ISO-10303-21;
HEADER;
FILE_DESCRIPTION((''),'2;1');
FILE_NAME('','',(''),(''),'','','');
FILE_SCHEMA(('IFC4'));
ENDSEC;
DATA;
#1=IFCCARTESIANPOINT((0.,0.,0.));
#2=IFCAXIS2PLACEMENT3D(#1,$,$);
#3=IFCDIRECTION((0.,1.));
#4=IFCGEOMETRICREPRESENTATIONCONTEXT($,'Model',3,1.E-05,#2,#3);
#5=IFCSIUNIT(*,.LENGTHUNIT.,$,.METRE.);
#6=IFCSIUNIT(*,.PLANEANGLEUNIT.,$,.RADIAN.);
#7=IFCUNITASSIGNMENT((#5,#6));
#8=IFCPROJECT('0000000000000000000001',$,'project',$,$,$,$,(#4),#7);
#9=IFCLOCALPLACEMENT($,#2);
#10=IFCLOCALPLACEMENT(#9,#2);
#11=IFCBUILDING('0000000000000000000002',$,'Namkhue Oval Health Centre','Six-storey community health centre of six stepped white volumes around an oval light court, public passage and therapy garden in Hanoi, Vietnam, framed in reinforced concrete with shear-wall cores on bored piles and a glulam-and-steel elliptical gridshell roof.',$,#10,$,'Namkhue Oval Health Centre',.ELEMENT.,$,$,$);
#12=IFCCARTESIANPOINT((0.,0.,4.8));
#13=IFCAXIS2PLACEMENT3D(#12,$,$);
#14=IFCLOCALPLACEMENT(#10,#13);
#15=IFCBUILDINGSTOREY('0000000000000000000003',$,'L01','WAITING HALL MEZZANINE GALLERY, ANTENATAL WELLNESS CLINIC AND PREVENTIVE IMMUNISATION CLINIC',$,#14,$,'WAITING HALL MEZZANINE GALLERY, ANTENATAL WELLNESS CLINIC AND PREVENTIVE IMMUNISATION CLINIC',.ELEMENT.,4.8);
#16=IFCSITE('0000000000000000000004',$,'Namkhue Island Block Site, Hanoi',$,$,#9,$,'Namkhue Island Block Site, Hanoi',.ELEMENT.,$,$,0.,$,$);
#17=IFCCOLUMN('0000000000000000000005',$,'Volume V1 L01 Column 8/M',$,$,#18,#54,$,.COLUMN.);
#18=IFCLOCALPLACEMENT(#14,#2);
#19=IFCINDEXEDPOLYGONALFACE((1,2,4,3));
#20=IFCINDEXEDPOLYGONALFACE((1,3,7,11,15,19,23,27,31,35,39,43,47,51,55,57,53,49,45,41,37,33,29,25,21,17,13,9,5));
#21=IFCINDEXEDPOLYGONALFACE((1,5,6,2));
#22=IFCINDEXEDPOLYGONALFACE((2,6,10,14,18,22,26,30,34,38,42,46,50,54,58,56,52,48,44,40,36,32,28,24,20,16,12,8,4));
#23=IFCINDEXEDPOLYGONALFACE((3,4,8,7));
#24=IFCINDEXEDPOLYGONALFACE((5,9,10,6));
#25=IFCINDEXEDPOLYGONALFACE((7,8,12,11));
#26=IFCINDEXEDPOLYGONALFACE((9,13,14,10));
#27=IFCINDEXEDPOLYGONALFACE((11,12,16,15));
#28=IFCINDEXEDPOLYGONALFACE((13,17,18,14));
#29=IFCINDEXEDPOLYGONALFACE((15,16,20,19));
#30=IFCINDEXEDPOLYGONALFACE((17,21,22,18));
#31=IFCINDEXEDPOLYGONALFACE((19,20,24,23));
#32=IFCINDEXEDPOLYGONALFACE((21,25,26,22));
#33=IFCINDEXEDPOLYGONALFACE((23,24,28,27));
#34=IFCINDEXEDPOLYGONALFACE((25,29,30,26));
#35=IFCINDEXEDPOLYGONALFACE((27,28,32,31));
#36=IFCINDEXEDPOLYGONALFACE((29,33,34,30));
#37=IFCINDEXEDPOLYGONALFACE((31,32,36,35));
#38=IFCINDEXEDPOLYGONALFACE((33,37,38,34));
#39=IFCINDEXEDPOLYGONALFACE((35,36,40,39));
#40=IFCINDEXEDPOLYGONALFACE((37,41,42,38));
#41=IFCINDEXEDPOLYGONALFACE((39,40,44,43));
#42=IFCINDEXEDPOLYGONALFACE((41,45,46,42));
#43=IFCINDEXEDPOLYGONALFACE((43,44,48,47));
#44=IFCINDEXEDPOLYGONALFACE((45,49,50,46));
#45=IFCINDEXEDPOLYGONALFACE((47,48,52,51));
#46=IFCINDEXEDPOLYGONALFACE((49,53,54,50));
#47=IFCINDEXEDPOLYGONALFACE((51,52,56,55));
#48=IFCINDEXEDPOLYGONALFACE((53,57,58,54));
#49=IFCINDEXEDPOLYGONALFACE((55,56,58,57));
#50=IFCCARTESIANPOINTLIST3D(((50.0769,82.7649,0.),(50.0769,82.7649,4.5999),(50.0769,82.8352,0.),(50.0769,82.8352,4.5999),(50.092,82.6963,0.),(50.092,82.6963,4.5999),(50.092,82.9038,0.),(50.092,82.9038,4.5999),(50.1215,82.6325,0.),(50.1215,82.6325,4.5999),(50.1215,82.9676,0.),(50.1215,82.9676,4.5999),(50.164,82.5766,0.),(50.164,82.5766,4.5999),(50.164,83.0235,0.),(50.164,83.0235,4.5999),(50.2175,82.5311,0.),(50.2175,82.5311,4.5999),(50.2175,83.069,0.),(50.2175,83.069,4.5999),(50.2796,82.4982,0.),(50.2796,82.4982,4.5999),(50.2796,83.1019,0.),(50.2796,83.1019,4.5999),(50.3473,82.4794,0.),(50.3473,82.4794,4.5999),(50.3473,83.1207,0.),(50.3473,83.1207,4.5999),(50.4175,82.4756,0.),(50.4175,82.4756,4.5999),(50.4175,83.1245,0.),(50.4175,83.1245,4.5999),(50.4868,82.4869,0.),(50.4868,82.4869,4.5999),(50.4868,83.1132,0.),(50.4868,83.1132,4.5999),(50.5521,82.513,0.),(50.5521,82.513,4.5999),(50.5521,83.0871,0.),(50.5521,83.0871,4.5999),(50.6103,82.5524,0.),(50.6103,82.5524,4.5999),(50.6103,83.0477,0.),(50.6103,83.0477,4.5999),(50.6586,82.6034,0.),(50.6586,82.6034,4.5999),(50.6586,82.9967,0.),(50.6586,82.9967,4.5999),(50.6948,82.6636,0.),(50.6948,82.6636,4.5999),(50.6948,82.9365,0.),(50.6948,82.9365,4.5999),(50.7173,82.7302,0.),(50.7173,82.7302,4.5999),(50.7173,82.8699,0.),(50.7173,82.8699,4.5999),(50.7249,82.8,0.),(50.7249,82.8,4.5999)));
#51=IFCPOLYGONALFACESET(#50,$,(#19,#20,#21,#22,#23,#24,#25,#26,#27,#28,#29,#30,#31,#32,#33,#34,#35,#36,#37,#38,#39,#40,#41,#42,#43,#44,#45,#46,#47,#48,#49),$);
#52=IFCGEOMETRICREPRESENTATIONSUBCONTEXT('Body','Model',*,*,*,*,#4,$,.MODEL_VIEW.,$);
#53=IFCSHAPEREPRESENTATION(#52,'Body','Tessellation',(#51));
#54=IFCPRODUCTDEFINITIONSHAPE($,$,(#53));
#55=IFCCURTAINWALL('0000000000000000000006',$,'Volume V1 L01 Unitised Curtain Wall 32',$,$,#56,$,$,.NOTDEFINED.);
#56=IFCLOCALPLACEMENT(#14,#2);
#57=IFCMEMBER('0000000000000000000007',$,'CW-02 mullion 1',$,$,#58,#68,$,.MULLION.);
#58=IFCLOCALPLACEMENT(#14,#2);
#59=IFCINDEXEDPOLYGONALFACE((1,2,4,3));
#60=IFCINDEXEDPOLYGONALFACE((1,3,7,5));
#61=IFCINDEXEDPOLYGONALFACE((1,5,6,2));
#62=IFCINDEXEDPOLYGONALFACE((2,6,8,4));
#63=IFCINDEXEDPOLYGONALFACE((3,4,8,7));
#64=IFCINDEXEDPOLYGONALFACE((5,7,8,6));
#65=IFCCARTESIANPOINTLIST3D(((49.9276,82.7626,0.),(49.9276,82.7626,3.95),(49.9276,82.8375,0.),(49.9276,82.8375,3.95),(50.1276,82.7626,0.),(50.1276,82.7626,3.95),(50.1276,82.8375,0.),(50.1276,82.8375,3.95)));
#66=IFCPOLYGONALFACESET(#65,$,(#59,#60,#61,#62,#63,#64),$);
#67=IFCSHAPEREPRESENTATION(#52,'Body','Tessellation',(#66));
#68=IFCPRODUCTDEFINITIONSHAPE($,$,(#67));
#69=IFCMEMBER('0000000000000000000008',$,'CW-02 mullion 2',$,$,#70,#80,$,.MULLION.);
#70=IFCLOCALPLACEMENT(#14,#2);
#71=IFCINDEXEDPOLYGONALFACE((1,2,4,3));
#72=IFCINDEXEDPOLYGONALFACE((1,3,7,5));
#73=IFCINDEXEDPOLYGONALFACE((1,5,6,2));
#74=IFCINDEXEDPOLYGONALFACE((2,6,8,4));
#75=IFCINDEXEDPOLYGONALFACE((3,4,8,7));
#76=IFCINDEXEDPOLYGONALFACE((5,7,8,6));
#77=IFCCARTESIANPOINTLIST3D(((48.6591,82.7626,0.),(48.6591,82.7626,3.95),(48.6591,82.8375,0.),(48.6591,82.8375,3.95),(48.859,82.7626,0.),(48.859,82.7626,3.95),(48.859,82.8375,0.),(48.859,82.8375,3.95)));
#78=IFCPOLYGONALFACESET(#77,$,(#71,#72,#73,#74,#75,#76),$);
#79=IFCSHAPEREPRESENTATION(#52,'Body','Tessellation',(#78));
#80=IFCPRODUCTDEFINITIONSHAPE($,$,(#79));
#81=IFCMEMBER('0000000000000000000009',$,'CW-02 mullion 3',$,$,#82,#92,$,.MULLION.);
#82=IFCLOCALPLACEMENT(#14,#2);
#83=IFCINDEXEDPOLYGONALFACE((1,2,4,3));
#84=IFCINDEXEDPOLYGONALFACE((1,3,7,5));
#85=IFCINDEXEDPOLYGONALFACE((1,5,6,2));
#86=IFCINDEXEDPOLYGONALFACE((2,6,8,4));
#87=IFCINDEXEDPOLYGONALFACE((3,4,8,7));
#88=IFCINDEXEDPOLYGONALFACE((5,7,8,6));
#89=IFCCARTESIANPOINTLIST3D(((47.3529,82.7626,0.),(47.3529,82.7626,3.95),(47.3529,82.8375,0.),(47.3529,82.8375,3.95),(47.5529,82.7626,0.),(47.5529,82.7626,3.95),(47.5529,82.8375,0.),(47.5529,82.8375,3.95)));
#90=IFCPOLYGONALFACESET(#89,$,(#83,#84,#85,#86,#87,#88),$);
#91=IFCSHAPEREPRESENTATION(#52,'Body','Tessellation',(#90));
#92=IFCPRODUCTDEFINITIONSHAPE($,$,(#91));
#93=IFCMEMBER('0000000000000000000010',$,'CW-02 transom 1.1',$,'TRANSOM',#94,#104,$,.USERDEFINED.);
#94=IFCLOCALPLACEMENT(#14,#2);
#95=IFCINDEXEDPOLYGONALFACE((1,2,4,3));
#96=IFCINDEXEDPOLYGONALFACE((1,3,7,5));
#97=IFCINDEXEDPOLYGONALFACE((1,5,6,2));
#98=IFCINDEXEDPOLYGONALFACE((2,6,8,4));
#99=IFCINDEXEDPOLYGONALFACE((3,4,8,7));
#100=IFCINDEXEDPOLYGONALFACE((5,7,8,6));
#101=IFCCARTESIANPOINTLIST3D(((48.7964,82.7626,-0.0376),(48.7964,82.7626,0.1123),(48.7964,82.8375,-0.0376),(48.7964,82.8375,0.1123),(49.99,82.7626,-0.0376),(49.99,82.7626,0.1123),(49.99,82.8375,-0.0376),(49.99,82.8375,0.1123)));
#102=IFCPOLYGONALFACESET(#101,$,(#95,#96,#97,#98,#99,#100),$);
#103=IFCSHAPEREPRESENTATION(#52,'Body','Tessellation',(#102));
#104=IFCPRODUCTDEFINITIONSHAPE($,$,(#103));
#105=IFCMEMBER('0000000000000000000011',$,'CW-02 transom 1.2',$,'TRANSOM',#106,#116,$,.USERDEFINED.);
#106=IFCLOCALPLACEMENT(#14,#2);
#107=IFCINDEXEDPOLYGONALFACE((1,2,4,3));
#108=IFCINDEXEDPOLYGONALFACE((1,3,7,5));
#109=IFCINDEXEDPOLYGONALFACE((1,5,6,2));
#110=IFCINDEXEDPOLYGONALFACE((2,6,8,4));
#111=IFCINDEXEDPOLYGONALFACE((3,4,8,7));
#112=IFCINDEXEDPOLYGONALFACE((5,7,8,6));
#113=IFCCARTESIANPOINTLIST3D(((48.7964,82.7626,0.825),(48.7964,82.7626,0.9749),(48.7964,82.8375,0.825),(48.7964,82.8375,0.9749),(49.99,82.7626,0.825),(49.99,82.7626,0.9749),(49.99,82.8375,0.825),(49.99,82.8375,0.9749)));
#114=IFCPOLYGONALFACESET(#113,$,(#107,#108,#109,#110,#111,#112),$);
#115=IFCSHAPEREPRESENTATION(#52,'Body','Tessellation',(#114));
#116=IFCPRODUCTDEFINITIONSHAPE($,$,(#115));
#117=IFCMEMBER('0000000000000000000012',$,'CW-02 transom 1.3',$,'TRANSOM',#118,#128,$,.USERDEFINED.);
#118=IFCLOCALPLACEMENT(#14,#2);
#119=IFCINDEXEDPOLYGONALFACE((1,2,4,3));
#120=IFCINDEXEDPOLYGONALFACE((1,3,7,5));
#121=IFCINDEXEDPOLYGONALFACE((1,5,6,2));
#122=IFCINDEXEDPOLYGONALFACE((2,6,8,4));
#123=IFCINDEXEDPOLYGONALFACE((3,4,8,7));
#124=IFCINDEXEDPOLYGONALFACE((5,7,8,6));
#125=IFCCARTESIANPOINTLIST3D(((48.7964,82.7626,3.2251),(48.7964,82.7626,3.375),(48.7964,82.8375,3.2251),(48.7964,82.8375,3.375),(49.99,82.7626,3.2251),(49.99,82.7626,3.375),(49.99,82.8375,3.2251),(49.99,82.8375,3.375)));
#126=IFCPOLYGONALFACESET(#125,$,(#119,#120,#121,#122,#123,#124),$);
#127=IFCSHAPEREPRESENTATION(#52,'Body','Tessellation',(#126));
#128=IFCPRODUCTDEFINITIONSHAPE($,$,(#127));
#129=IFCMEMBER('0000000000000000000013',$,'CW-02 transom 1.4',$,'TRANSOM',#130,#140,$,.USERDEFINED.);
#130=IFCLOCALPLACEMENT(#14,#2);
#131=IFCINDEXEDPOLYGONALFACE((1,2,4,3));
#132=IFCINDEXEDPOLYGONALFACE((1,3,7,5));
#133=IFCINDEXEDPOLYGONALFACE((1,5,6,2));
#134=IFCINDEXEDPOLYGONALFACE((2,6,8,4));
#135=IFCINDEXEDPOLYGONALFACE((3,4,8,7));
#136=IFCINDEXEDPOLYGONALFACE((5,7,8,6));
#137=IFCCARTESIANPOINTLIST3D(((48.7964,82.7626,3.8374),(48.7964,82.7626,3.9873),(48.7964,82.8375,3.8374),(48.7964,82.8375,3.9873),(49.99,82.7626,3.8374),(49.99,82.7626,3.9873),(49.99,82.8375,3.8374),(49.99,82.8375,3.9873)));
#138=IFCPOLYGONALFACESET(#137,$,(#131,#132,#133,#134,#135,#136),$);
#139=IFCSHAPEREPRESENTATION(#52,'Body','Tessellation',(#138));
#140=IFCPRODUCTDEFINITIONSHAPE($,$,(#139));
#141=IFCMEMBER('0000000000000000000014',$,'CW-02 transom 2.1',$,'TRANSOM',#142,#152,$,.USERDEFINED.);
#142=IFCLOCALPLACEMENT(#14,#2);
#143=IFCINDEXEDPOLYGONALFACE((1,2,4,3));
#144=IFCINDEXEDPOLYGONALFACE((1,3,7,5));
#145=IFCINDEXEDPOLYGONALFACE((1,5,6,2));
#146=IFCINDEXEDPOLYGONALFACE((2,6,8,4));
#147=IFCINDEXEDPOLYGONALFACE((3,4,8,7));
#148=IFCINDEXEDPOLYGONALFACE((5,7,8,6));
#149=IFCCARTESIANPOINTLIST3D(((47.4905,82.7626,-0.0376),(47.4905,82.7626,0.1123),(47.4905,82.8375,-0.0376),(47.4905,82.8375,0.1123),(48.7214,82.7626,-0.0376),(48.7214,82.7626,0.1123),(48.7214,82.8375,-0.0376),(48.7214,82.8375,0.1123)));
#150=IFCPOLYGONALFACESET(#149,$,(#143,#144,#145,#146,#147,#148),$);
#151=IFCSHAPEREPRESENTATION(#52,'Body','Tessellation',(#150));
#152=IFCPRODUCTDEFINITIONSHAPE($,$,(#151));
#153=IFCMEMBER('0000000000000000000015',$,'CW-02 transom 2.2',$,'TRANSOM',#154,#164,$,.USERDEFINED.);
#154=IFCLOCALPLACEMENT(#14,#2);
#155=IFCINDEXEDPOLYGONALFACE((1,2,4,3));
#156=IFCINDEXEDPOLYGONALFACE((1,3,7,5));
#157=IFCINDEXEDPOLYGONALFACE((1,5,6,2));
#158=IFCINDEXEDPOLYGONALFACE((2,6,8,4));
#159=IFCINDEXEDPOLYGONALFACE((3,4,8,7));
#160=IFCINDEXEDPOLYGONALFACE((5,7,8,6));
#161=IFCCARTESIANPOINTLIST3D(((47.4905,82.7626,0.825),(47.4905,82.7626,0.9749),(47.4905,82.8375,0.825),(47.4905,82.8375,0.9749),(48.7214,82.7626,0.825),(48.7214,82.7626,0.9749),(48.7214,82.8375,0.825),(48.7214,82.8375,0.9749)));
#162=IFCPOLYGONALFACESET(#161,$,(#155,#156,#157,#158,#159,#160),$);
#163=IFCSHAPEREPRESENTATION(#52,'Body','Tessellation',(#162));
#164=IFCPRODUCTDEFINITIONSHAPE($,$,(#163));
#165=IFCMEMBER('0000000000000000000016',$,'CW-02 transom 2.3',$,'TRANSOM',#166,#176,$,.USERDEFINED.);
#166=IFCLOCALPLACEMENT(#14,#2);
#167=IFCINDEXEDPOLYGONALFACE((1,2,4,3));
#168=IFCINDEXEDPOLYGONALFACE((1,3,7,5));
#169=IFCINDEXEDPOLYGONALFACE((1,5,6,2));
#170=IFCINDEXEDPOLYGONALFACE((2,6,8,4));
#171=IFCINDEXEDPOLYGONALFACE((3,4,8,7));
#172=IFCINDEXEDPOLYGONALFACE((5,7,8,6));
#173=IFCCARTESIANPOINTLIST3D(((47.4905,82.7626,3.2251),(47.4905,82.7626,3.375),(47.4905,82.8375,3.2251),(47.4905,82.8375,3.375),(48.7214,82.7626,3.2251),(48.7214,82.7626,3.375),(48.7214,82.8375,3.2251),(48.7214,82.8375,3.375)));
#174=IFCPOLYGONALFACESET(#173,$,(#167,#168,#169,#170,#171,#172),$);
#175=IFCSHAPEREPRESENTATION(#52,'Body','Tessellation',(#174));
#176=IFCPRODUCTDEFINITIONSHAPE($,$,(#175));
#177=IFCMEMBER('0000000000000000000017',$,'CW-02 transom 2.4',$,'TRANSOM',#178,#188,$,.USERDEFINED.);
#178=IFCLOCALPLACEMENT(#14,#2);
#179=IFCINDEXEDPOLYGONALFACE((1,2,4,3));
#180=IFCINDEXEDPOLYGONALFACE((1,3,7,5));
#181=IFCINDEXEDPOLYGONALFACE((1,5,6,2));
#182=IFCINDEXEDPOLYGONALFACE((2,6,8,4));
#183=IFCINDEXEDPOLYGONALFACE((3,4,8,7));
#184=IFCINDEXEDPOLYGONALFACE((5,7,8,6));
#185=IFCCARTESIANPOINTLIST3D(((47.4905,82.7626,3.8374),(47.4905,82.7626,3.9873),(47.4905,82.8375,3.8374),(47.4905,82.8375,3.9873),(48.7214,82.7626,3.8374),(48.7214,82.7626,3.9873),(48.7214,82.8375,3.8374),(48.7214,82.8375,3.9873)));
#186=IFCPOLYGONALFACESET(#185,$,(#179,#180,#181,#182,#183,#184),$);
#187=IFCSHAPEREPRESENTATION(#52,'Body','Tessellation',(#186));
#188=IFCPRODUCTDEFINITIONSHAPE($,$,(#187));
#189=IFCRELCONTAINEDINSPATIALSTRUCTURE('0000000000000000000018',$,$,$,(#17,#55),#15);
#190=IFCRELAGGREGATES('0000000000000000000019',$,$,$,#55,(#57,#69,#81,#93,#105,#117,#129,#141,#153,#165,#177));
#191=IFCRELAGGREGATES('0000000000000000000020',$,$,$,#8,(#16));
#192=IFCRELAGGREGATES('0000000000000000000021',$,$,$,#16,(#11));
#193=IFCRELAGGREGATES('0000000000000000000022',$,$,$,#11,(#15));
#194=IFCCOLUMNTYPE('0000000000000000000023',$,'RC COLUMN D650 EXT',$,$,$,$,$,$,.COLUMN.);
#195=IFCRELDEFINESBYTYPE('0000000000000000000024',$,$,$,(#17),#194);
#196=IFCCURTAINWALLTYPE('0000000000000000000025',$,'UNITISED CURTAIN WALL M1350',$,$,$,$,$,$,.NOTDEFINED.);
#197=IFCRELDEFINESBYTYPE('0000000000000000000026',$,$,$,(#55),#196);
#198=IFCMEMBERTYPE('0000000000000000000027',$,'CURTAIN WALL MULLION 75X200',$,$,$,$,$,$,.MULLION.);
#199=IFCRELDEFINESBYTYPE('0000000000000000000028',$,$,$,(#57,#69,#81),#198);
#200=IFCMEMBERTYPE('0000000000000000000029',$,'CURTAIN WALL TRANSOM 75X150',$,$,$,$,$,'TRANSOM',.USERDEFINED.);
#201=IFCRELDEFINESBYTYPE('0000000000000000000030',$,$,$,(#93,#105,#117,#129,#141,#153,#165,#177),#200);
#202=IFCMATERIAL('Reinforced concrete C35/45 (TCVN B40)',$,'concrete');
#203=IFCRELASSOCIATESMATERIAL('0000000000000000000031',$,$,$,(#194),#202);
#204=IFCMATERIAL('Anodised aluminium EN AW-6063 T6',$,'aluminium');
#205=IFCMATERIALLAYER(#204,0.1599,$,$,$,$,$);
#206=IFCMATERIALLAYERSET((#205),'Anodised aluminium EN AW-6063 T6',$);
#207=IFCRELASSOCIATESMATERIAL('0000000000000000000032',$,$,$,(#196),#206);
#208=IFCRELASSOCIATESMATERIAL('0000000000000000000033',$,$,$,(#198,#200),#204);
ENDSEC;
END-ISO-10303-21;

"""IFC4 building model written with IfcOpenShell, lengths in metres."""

from ifc_helpers import new_model, si_unit, direction, frame, origin, origin_2d, place, context, subcontext, project, spatial, rectangle, circle, extrude, material, layer, layer_set, material_profile, profile_set, type_object, element, aggregate, save


model = new_model("IFC4")

# Units and contexts
model_context = context("Model", 3, precision=1e-05, world=origin(), true_north=direction((0.0, 1.0)))
body_context = subcontext(model_context, "Body", "Model", "MODEL_VIEW")
ifc_project = project(units=[si_unit("LENGTHUNIT", "METRE"), si_unit("PLANEANGLEUNIT", "RADIAN")], contexts=[model_context])

# Site, building, storey
site_placement = place(None, origin())
site = spatial("IfcSite", under=ifc_project, at=site_placement, Name="Namkhue Island Block Site, Hanoi", LongName="Namkhue Island Block Site, Hanoi", CompositionType="ELEMENT", RefElevation=0.0)
building_placement = place(site_placement, origin())
building = spatial("IfcBuilding", under=site, at=building_placement, Name="Namkhue Oval Health Centre", Description="Six-storey community health centre of six stepped white volumes around an oval light court, public passage and therapy garden in Hanoi, Vietnam, framed in reinforced concrete with shear-wall cores on bored piles and a glulam-and-steel elliptical gridshell roof.", LongName="Namkhue Oval Health Centre", CompositionType="ELEMENT")
storey_placement = place(building_placement, frame((0.0, 0.0, 4.8)))
storey = spatial("IfcBuildingStorey", under=building, at=storey_placement, Name="L01", Description="WAITING HALL MEZZANINE GALLERY, ANTENATAL WELLNESS CLINIC AND PREVENTIVE IMMUNISATION CLINIC", LongName="WAITING HALL MEZZANINE GALLERY, ANTENATAL WELLNESS CLINIC AND PREVENTIVE IMMUNISATION CLINIC", CompositionType="ELEMENT", Elevation=4.8)

# Column
ifc_material_1 = material(Name="Reinforced concrete C35/45 (TCVN B40)", Category="concrete")
ifc_material_profile_1 = material_profile(ifc_material_1, circle(Radius=0.325, at=origin_2d()), Name="RC D650")
ifc_profile_set_1 = profile_set([ifc_material_profile_1], Name="Reinforced concrete C35/45 (TCVN B40)")
column_type = type_object("IfcColumnType", Name="RC COLUMN D650 EXT", PredefinedType="COLUMN", material=ifc_profile_set_1)
column_placement = place(storey_placement, frame((50.3999, 82.8, 0.0), z_axis=(0.0, 0.0, 1.0), x_axis=(1.0, 0.0, 0.0)))
element("IfcColumn", 1, at=column_placement, inside=storey, type_object=column_type, Name="Volume V1 L01 Column 8/M", PredefinedType="COLUMN", context=body_context, shape_type="SweptSolid", body=[
    extrude(circle(Radius=0.325, at=origin_2d()), origin(), (0.0, 0.0, 1.0), 4.5999),
])

# Curtain wall, members
ifc_material_2 = material(Name="Anodised aluminium EN AW-6063 T6", Category="aluminium")
ifc_layer_1 = layer(ifc_material_2, 0.1599)
ifc_layer_set_1 = layer_set([ifc_layer_1], Name="Anodised aluminium EN AW-6063 T6")
curtain_wall_type = type_object("IfcCurtainWallType", Name="UNITISED CURTAIN WALL M1350", PredefinedType="NOTDEFINED", material=ifc_layer_set_1)
curtain_wall_placement = place(storey_placement, origin())
curtain_wall = element("IfcCurtainWall", 2, at=curtain_wall_placement, inside=storey, type_object=curtain_wall_type, Name="Volume V1 L01 Unitised Curtain Wall 32", PredefinedType="NOTDEFINED")
ifc_material_profile_2 = material_profile(ifc_material_2, rectangle(XDim=0.075, YDim=0.2, at=origin_2d()), Name="ALU 75x200")
ifc_profile_set_2 = profile_set([ifc_material_profile_2], Name="Anodised aluminium EN AW-6063 T6")
member_type_1 = type_object("IfcMemberType", Name="CURTAIN WALL MULLION 75X200", PredefinedType="MULLION", material=ifc_profile_set_2)
member_1_placement = place(storey_placement, frame((50.0276, 82.8, 0.0), z_axis=(0.0, 0.0, 1.0), x_axis=(0.0, -1.0, 0.0)))
member_1 = element("IfcMember", 3, at=member_1_placement, type_object=member_type_1, Name="CW-02 mullion 1", PredefinedType="MULLION", context=body_context, shape_type="SweptSolid", body=[
    extrude(rectangle(XDim=0.075, YDim=0.2, at=origin_2d()), origin(), (0.0, 0.0, 1.0), 3.95),
])
member_2_placement = place(storey_placement, frame((48.759, 82.8, 0.0), z_axis=(0.0, 0.0, 1.0), x_axis=(0.0, -1.0, 0.0)))
member_2 = element("IfcMember", 4, at=member_2_placement, type_object=member_type_1, Name="CW-02 mullion 2", PredefinedType="MULLION", context=body_context, shape_type="SweptSolid", body=[
    extrude(rectangle(XDim=0.075, YDim=0.2, at=origin_2d()), origin(), (0.0, 0.0, 1.0), 3.95),
])
member_3_placement = place(storey_placement, frame((47.4529, 82.8, 0.0), z_axis=(0.0, 0.0, 1.0), x_axis=(0.0, -1.0, 0.0)))
member_3 = element("IfcMember", 5, at=member_3_placement, type_object=member_type_1, Name="CW-02 mullion 3", PredefinedType="MULLION", context=body_context, shape_type="SweptSolid", body=[
    extrude(rectangle(XDim=0.075, YDim=0.2, at=origin_2d()), origin(), (0.0, 0.0, 1.0), 3.95),
])
ifc_material_profile_3 = material_profile(ifc_material_2, rectangle(XDim=0.075, YDim=0.1499, at=origin_2d()), Name="ALU 75x150")
ifc_profile_set_3 = profile_set([ifc_material_profile_3], Name="Anodised aluminium EN AW-6063 T6")
member_type_2 = type_object("IfcMemberType", Name="CURTAIN WALL TRANSOM 75X150", ElementType="TRANSOM", PredefinedType="USERDEFINED", material=ifc_profile_set_3)
member_4_placement = place(storey_placement, frame((49.99, 82.8, 0.0374), z_axis=(-1.0, 0.0, 0.0), x_axis=(0.0, -1.0, 0.0)))
member_4 = element("IfcMember", 6, at=member_4_placement, type_object=member_type_2, Name="CW-02 transom 1.1", ObjectType="TRANSOM", PredefinedType="USERDEFINED", context=body_context, shape_type="SweptSolid", body=[
    extrude(rectangle(XDim=0.075, YDim=0.1499, at=origin_2d()), origin(), (0.0, 0.0, 1.0), 1.1936),
])
member_5_placement = place(storey_placement, frame((49.99, 82.8, 0.8999), z_axis=(-1.0, 0.0, 0.0), x_axis=(0.0, -1.0, 0.0)))
member_5 = element("IfcMember", 7, at=member_5_placement, type_object=member_type_2, Name="CW-02 transom 1.2", ObjectType="TRANSOM", PredefinedType="USERDEFINED", context=body_context, shape_type="SweptSolid", body=[
    extrude(rectangle(XDim=0.075, YDim=0.1499, at=origin_2d()), origin(), (0.0, 0.0, 1.0), 1.1936),
])
member_6_placement = place(storey_placement, frame((49.99, 82.8, 3.3), z_axis=(-1.0, 0.0, 0.0), x_axis=(0.0, -1.0, 0.0)))
member_6 = element("IfcMember", 8, at=member_6_placement, type_object=member_type_2, Name="CW-02 transom 1.3", ObjectType="TRANSOM", PredefinedType="USERDEFINED", context=body_context, shape_type="SweptSolid", body=[
    extrude(rectangle(XDim=0.075, YDim=0.1499, at=origin_2d()), origin(), (0.0, 0.0, 1.0), 1.1936),
])
member_7_placement = place(storey_placement, frame((49.99, 82.8, 3.9124), z_axis=(-1.0, 0.0, 0.0), x_axis=(0.0, -1.0, 0.0)))
member_7 = element("IfcMember", 9, at=member_7_placement, type_object=member_type_2, Name="CW-02 transom 1.4", ObjectType="TRANSOM", PredefinedType="USERDEFINED", context=body_context, shape_type="SweptSolid", body=[
    extrude(rectangle(XDim=0.075, YDim=0.1499, at=origin_2d()), origin(), (0.0, 0.0, 1.0), 1.1936),
])
member_8_placement = place(storey_placement, frame((48.7214, 82.8, 0.0374), z_axis=(-1.0, 0.0, 0.0), x_axis=(0.0, -1.0, 0.0)))
member_8 = element("IfcMember", 10, at=member_8_placement, type_object=member_type_2, Name="CW-02 transom 2.1", ObjectType="TRANSOM", PredefinedType="USERDEFINED", context=body_context, shape_type="SweptSolid", body=[
    extrude(rectangle(XDim=0.075, YDim=0.1499, at=origin_2d()), origin(), (0.0, 0.0, 1.0), 1.231),
])
member_9_placement = place(storey_placement, frame((48.7214, 82.8, 0.8999), z_axis=(-1.0, 0.0, 0.0), x_axis=(0.0, -1.0, 0.0)))
member_9 = element("IfcMember", 11, at=member_9_placement, type_object=member_type_2, Name="CW-02 transom 2.2", ObjectType="TRANSOM", PredefinedType="USERDEFINED", context=body_context, shape_type="SweptSolid", body=[
    extrude(rectangle(XDim=0.075, YDim=0.1499, at=origin_2d()), origin(), (0.0, 0.0, 1.0), 1.231),
])
member_10_placement = place(storey_placement, frame((48.7214, 82.8, 3.3), z_axis=(-1.0, 0.0, 0.0), x_axis=(0.0, -1.0, 0.0)))
member_10 = element("IfcMember", 12, at=member_10_placement, type_object=member_type_2, Name="CW-02 transom 2.3", ObjectType="TRANSOM", PredefinedType="USERDEFINED", context=body_context, shape_type="SweptSolid", body=[
    extrude(rectangle(XDim=0.075, YDim=0.1499, at=origin_2d()), origin(), (0.0, 0.0, 1.0), 1.231),
])
member_11_placement = place(storey_placement, frame((48.7214, 82.8, 3.9124), z_axis=(-1.0, 0.0, 0.0), x_axis=(0.0, -1.0, 0.0)))
member_11 = element("IfcMember", 13, at=member_11_placement, type_object=member_type_2, Name="CW-02 transom 2.4", ObjectType="TRANSOM", PredefinedType="USERDEFINED", context=body_context, shape_type="SweptSolid", body=[
    extrude(rectangle(XDim=0.075, YDim=0.1499, at=origin_2d()), origin(), (0.0, 0.0, 1.0), 1.231),
])
aggregate(curtain_wall, [member_1, member_2, member_3, member_4, member_5, member_6, member_7, member_8, member_9, member_10, member_11])

save(model, "model.ifc")
